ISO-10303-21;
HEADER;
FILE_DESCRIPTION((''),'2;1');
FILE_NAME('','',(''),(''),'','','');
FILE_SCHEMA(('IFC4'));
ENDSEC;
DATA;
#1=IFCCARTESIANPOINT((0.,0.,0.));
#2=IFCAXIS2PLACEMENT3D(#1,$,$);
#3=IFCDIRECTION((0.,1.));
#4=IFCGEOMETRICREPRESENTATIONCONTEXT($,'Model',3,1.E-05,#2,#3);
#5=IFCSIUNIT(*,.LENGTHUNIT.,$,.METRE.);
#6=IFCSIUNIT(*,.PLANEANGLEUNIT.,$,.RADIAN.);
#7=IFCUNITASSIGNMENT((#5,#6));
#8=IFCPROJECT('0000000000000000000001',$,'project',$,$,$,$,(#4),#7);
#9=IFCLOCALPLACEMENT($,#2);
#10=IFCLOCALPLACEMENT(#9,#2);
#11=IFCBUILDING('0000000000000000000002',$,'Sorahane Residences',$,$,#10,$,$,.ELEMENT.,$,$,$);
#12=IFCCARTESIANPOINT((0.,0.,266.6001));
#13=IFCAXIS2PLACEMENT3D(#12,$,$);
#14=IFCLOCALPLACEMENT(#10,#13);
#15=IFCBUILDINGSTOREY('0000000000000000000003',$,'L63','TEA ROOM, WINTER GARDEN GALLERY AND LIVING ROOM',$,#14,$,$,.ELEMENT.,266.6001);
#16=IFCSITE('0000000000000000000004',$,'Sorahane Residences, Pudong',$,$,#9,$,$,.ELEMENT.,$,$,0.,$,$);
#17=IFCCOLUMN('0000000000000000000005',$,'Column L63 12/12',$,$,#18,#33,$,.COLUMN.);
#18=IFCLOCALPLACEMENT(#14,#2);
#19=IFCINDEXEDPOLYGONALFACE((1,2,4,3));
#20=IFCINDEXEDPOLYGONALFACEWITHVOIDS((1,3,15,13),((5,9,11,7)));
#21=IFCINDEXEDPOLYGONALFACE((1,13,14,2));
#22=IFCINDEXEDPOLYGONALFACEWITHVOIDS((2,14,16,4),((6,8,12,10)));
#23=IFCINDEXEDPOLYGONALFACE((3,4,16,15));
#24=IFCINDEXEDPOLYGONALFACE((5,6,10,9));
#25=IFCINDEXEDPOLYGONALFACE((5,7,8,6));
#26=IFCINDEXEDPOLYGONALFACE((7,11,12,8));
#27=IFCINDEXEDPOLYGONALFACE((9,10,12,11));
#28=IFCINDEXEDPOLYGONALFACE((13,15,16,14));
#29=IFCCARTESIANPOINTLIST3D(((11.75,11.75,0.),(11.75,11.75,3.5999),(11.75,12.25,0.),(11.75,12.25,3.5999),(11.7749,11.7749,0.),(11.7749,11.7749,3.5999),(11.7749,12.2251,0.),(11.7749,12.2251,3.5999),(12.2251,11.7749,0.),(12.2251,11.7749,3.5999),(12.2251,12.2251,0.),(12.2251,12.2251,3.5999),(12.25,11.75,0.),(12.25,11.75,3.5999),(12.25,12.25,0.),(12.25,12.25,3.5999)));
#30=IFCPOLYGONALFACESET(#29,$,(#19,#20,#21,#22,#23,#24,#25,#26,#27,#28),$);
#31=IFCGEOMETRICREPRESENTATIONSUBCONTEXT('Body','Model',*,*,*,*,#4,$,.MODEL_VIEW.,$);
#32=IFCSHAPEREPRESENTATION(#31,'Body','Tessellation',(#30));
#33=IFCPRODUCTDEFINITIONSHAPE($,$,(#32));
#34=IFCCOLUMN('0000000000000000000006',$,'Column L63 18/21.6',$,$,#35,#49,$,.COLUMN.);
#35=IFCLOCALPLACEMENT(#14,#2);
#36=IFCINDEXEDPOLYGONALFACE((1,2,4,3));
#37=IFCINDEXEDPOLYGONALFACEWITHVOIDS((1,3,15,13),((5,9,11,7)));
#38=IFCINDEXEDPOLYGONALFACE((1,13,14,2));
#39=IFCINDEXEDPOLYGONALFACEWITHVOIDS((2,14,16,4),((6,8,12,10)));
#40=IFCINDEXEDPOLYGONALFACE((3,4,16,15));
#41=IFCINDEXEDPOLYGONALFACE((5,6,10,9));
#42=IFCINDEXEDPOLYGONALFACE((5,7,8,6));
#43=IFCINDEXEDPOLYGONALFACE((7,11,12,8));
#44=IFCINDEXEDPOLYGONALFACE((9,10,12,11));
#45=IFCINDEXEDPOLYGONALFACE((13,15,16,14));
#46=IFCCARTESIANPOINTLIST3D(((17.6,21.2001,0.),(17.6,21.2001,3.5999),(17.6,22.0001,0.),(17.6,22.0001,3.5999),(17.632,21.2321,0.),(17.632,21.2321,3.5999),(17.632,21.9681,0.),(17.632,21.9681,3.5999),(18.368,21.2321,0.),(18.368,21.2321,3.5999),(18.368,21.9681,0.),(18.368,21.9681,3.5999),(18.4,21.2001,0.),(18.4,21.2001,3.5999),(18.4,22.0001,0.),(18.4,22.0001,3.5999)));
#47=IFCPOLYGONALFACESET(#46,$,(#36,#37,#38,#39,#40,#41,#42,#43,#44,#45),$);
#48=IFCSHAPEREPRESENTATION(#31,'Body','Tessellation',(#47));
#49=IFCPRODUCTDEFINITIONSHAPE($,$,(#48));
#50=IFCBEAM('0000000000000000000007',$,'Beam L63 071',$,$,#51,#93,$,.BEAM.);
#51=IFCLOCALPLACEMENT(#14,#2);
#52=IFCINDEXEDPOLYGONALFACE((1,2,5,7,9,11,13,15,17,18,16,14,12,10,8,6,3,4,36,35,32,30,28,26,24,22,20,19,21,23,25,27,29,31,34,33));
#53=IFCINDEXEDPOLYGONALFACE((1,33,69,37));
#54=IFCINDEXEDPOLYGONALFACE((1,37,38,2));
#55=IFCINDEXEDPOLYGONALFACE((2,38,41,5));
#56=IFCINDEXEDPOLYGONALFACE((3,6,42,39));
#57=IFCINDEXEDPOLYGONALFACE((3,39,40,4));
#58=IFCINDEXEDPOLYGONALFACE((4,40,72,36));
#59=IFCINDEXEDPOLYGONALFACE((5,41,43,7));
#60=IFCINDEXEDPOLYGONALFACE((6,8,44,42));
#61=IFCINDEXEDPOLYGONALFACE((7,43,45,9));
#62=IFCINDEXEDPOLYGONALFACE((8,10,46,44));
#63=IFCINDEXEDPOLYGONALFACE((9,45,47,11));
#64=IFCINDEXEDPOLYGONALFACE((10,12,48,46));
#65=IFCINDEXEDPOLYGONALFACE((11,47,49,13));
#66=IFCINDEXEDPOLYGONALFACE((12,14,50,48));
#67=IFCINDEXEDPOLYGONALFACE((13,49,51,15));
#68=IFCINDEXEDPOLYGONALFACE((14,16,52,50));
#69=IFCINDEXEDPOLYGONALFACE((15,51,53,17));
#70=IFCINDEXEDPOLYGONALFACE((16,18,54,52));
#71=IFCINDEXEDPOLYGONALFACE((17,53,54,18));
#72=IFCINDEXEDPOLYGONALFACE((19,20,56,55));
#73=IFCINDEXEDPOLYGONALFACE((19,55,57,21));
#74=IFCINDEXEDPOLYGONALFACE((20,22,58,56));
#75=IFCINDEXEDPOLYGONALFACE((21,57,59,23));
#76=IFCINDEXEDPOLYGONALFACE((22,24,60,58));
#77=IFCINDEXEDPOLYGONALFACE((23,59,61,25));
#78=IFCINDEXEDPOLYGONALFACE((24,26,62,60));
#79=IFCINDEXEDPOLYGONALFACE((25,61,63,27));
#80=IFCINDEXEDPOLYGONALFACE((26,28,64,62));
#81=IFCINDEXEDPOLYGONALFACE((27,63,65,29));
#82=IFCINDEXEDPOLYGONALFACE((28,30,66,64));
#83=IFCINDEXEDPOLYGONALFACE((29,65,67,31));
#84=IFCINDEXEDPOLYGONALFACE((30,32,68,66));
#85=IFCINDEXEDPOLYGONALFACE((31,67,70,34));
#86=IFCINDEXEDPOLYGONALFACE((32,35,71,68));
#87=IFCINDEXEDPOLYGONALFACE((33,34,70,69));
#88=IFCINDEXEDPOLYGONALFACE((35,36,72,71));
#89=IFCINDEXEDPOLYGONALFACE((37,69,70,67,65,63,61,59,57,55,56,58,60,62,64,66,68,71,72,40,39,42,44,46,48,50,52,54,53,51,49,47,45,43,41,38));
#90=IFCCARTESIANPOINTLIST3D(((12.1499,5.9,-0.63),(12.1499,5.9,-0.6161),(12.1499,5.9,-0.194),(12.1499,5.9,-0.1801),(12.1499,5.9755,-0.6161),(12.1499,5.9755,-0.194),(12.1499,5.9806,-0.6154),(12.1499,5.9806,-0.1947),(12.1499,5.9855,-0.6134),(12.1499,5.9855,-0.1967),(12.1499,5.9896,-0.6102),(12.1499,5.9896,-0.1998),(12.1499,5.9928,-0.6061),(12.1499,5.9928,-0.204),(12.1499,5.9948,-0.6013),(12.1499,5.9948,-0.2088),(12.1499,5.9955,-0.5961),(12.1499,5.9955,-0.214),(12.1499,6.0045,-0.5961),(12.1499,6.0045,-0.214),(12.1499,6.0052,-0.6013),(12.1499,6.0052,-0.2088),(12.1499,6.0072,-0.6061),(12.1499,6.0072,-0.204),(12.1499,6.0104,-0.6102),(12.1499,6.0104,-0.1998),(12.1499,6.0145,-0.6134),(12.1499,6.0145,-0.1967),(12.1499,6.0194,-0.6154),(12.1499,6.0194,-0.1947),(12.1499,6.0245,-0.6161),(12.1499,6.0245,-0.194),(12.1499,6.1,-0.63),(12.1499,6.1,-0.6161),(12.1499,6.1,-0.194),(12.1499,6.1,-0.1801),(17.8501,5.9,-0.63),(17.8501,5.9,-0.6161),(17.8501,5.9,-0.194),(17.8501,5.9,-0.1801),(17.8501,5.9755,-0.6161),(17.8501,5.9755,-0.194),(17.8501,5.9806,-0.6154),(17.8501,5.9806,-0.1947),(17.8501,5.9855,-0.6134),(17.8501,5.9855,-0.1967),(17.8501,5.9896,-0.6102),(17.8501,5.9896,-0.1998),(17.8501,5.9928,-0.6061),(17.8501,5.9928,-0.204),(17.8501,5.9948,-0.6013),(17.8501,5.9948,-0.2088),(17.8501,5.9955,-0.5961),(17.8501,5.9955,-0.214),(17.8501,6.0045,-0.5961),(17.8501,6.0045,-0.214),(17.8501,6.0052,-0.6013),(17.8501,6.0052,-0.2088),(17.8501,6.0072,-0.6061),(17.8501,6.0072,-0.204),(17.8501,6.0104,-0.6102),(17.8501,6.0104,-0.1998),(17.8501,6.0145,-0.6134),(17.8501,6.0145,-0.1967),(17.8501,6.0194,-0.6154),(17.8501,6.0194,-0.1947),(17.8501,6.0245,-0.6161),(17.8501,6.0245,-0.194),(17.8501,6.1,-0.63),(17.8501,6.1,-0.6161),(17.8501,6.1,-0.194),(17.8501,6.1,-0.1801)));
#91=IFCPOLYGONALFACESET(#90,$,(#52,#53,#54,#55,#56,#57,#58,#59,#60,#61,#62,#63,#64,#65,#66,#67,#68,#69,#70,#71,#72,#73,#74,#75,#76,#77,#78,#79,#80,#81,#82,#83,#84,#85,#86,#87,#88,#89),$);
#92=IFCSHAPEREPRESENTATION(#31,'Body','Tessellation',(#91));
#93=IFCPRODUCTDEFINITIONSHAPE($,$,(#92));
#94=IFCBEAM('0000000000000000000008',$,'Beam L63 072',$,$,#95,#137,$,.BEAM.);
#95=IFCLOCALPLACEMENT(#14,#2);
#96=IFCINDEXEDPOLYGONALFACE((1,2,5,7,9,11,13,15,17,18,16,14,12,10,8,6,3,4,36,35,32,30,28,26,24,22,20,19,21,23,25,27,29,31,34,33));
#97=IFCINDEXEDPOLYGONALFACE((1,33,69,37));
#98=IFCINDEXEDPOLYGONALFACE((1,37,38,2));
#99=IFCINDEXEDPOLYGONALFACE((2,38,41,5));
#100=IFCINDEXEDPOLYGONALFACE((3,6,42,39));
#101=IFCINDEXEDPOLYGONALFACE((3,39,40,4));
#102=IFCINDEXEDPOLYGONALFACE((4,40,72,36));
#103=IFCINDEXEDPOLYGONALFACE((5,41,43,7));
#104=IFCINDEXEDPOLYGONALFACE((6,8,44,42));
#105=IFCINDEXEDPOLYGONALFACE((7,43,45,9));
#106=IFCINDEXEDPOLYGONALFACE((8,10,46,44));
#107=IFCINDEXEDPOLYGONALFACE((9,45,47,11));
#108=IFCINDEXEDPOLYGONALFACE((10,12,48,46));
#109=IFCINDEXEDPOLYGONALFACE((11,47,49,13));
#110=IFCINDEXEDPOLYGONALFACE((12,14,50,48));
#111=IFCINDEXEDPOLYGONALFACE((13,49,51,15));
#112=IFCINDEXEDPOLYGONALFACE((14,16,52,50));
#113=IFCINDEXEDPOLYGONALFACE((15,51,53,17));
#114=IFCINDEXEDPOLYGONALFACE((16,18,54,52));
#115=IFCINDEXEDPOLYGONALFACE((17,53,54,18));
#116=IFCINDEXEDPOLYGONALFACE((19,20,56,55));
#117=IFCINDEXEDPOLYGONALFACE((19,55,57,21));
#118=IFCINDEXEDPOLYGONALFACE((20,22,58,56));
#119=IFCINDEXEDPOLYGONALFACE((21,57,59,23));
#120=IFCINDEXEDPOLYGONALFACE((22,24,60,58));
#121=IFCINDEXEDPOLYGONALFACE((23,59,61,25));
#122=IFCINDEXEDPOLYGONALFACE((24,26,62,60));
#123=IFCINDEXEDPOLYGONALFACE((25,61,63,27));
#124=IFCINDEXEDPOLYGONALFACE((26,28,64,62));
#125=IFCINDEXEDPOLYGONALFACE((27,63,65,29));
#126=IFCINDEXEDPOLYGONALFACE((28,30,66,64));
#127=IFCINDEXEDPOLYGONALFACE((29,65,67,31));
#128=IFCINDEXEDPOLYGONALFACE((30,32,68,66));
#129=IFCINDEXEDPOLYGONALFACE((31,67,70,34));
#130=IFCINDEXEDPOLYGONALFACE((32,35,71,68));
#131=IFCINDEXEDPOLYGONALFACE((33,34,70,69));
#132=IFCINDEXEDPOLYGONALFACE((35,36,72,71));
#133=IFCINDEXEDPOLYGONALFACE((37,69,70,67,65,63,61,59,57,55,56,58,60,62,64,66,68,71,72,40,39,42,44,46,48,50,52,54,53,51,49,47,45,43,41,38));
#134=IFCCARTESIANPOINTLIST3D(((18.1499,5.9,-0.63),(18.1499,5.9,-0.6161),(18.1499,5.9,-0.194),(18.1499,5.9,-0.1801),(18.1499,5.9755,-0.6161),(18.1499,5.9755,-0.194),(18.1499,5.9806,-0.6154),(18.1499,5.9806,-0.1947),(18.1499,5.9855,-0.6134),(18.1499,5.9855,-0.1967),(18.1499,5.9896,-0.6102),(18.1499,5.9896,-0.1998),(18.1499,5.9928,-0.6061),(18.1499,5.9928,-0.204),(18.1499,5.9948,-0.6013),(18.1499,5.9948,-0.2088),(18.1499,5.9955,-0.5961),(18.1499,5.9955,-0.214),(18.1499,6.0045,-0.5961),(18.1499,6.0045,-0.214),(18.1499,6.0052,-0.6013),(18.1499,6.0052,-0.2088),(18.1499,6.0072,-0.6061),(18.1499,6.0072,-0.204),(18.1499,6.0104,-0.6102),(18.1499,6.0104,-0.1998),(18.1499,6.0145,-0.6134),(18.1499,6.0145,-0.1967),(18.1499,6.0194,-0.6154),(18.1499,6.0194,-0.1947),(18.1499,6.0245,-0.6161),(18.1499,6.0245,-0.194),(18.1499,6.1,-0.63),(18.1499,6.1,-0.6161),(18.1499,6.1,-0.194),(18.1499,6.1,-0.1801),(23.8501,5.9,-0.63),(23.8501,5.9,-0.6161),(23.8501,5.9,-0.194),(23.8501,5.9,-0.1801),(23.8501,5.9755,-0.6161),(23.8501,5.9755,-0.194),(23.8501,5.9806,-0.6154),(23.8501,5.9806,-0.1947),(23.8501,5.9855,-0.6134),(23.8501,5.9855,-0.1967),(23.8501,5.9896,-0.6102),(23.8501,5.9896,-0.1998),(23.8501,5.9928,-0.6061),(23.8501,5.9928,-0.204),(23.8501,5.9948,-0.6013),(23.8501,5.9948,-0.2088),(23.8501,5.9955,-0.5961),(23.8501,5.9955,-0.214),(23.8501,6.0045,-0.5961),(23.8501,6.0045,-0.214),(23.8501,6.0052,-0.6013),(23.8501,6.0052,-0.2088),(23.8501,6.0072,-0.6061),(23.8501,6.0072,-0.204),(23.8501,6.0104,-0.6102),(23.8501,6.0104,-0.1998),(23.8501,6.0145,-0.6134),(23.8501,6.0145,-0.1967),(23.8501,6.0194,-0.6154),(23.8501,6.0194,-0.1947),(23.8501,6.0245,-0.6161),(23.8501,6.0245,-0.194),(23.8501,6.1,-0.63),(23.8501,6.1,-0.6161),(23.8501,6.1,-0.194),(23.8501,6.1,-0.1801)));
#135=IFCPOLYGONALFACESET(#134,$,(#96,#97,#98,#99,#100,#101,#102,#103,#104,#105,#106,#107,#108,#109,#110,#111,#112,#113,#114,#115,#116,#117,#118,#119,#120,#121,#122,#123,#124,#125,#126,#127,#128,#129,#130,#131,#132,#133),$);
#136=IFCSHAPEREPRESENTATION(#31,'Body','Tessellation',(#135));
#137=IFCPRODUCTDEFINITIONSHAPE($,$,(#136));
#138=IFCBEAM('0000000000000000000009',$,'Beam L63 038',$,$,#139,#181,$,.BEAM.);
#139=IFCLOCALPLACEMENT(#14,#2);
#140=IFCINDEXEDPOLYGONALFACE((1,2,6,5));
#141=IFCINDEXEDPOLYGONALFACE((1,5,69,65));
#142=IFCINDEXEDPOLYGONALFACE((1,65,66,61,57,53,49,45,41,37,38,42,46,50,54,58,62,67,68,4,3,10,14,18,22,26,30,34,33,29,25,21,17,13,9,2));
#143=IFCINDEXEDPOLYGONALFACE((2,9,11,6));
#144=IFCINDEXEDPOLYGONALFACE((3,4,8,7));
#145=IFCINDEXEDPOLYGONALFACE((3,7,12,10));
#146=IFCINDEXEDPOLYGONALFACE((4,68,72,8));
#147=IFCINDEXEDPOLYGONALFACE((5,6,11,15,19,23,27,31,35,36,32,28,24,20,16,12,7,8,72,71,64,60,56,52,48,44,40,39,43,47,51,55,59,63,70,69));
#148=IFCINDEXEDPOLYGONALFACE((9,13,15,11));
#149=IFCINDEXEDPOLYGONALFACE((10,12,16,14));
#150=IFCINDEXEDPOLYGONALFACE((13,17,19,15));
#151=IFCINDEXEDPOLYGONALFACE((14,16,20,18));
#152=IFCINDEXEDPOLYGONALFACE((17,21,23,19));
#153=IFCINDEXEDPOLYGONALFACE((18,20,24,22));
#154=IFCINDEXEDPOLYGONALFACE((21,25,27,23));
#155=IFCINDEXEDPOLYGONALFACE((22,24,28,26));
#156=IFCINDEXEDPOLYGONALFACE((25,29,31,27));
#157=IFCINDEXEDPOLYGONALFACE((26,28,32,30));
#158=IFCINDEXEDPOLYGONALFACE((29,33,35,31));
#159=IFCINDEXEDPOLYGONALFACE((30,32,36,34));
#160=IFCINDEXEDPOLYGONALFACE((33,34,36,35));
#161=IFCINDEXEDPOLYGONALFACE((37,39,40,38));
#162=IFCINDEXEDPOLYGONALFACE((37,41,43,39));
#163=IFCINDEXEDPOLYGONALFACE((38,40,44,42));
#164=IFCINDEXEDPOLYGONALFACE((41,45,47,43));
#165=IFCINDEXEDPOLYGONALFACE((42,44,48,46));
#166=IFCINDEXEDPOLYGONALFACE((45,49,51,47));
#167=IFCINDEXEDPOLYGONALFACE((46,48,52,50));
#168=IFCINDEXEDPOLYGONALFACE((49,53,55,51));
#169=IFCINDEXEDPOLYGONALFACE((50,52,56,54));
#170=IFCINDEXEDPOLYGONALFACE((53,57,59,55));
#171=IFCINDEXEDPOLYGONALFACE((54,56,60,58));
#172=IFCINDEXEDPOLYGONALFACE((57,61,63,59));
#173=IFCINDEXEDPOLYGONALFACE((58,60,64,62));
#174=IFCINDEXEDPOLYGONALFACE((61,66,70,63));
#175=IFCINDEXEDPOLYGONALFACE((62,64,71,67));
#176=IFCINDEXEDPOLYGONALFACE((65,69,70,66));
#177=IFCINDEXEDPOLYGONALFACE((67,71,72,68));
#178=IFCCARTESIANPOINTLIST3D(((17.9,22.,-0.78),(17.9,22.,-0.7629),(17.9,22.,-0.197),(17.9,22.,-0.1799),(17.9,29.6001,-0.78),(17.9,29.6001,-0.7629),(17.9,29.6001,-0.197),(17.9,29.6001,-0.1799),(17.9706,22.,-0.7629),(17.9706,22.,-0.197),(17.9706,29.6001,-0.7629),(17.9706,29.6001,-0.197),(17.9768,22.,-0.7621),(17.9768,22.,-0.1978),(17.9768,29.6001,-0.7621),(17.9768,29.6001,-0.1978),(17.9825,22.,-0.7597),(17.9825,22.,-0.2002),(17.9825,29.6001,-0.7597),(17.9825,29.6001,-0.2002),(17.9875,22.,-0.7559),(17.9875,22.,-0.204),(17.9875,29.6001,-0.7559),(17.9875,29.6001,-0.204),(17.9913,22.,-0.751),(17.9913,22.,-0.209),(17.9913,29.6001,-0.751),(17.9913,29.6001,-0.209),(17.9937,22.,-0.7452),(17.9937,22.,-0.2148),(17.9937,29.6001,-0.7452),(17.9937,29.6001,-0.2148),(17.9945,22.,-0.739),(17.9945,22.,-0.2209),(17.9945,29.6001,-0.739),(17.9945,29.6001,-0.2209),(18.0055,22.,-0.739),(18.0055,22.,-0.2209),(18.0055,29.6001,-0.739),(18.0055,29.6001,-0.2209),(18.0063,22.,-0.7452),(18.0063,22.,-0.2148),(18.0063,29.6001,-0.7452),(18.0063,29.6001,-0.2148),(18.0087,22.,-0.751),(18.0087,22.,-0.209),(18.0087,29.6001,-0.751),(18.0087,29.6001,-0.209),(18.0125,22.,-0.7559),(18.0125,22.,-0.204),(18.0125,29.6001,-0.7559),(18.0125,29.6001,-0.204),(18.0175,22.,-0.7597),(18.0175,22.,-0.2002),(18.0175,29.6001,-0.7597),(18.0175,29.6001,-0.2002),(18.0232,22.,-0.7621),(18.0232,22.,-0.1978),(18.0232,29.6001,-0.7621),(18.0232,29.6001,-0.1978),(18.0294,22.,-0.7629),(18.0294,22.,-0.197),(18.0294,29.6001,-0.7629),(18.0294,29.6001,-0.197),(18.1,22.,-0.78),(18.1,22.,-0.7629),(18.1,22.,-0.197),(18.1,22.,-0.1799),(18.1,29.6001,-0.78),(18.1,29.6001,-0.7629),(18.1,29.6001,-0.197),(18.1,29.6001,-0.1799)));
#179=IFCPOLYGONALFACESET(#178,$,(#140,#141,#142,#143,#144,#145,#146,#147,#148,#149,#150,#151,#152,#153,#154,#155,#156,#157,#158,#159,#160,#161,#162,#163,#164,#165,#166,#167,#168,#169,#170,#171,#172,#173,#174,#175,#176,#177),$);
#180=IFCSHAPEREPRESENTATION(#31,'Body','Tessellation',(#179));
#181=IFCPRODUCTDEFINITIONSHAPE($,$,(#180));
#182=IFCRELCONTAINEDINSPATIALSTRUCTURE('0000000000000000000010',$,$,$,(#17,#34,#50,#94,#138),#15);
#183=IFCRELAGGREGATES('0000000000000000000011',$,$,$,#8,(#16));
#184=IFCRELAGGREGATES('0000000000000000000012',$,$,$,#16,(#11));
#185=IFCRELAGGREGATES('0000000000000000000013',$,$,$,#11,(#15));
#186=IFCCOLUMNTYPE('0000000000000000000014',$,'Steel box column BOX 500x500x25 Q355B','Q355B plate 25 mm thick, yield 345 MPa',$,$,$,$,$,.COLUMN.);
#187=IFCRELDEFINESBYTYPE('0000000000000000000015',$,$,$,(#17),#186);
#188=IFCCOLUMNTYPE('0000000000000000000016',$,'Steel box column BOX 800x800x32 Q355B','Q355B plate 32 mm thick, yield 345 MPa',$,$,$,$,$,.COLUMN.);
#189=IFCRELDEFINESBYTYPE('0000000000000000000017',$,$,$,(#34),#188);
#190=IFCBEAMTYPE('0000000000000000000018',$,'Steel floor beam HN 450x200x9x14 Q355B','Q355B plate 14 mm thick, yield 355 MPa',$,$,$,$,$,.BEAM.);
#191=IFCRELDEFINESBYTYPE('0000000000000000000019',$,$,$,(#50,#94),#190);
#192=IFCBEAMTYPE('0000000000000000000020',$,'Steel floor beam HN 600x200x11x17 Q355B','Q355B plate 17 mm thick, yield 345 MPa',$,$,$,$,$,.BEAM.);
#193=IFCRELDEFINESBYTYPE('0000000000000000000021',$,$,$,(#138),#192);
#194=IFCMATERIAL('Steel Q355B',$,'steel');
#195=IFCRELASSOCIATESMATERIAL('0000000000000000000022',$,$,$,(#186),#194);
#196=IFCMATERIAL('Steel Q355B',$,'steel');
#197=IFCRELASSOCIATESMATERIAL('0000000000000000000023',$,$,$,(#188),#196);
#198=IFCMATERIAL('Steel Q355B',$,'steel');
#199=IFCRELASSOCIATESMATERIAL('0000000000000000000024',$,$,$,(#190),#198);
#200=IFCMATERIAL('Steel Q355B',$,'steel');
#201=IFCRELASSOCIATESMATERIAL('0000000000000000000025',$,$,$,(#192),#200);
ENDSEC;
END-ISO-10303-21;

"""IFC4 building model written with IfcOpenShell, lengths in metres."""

from ifc_helpers import new_model, si_unit, direction, frame, origin, origin_2d, place, context, subcontext, project, spatial, hollow_rectangle, i_section, extrude, material, material_profile, profile_set, type_object, element, save


model = new_model("IFC4")

# Units and contexts
model_context = context("Model", 3, precision=1e-05, world=origin(), true_north=direction((0.0, 1.0)))
body_context = subcontext(model_context, "Body", "Model", "MODEL_VIEW")
ifc_project = project(units=[si_unit("LENGTHUNIT", "METRE"), si_unit("PLANEANGLEUNIT", "RADIAN")], contexts=[model_context])

# Site, building, storey
site_placement = place(None, origin())
site = spatial("IfcSite", under=ifc_project, at=site_placement, Name="Sorahane Residences, Pudong", CompositionType="ELEMENT", RefElevation=0.0)
building_placement = place(site_placement, origin())
building = spatial("IfcBuilding", under=site, at=building_placement, Name="Sorahane Residences", CompositionType="ELEMENT")
storey_placement = place(building_placement, frame((0.0, 0.0, 266.6001)))
storey = spatial("IfcBuildingStorey", under=building, at=storey_placement, Name="L63", Description="TEA ROOM, WINTER GARDEN GALLERY AND LIVING ROOM", CompositionType="ELEMENT", Elevation=266.6001)

# Columns
ifc_material_1 = material(Name="Steel Q355B", Category="steel")
ifc_material_profile_1 = material_profile(ifc_material_1, hollow_rectangle(XDim=0.5, YDim=0.5, WallThickness=0.0249, at=origin_2d()), Name="BOX 500x500x25")
ifc_profile_set_1 = profile_set([ifc_material_profile_1], Name="Steel Q355B")
column_type_1 = type_object("IfcColumnType", Name="Steel box column BOX 500x500x25 Q355B", Description="Q355B plate 25 mm thick, yield 345 MPa", PredefinedType="COLUMN", material=ifc_profile_set_1)
column_1_placement = place(storey_placement, frame((12.0, 12.0, 0.0), z_axis=(0.0, 0.0, 1.0), x_axis=(1.0, 0.0, 0.0)))
element("IfcColumn", 1, at=column_1_placement, inside=storey, type_object=column_type_1, Name="Column L63 12/12", PredefinedType="COLUMN", context=body_context, shape_type="SweptSolid", body=[
    extrude(hollow_rectangle(XDim=0.5, YDim=0.5, WallThickness=0.0249, at=origin_2d()), origin(), (0.0, 0.0, 1.0), 3.5999),
])
ifc_material_2 = material(Name="Steel Q355B", Category="steel")
ifc_material_profile_2 = material_profile(ifc_material_2, hollow_rectangle(XDim=0.8, YDim=0.8, WallThickness=0.032, at=origin_2d()), Name="BOX 800x800x32")
ifc_profile_set_2 = profile_set([ifc_material_profile_2], Name="Steel Q355B")
column_type_2 = type_object("IfcColumnType", Name="Steel box column BOX 800x800x32 Q355B", Description="Q355B plate 32 mm thick, yield 345 MPa", PredefinedType="COLUMN", material=ifc_profile_set_2)
column_2_placement = place(storey_placement, frame((18.0, 21.6001, 0.0), z_axis=(0.0, 0.0, 1.0), x_axis=(1.0, 0.0, 0.0)))
element("IfcColumn", 2, at=column_2_placement, inside=storey, type_object=column_type_2, Name="Column L63 18/21.6", PredefinedType="COLUMN", context=body_context, shape_type="SweptSolid", body=[
    extrude(hollow_rectangle(XDim=0.8, YDim=0.8, WallThickness=0.032, at=origin_2d()), origin(), (0.0, 0.0, 1.0), 3.5999),
])

# Beams
ifc_material_3 = material(Name="Steel Q355B", Category="steel")
ifc_material_profile_3 = material_profile(ifc_material_3, i_section(OverallWidth=0.2, OverallDepth=0.45, WebThickness=0.009, FlangeThickness=0.0139, FilletRadius=0.02, at=origin_2d()), Name="HN 450x200x9x14")
ifc_profile_set_3 = profile_set([ifc_material_profile_3], Name="Steel Q355B")
beam_type_1 = type_object("IfcBeamType", Name="Steel floor beam HN 450x200x9x14 Q355B", Description="Q355B plate 14 mm thick, yield 355 MPa", PredefinedType="BEAM", material=ifc_profile_set_3)
for number, where, z_axis, x_axis, name in (
    (3, (12.1499, 6.0, -0.405), (1.0, 0.0, 0.0), (0.0, 1.0, 0.0), "Beam L63 071"),
    (4, (18.1499, 6.0, -0.405), (1.0, 0.0, 0.0), (0.0, 1.0, 0.0), "Beam L63 072"),
):
    element("IfcBeam", number, at=place(storey_placement, frame(where, z_axis=z_axis, x_axis=x_axis)), inside=storey, type_object=beam_type_1, Name=name, PredefinedType="BEAM", context=body_context, shape_type="SweptSolid", body=[
        extrude(i_section(OverallWidth=0.2, OverallDepth=0.45, WebThickness=0.009, FlangeThickness=0.0139, FilletRadius=0.02, at=origin_2d()), origin(), (0.0, 0.0, 1.0), 5.7002),
    ])
ifc_material_4 = material(Name="Steel Q355B", Category="steel")
ifc_material_profile_4 = material_profile(ifc_material_4, i_section(OverallWidth=0.2, OverallDepth=0.6001, WebThickness=0.011, FlangeThickness=0.0171, FilletRadius=0.0239, at=origin_2d()), Name="HN 600x200x11x17")
ifc_profile_set_4 = profile_set([ifc_material_profile_4], Name="Steel Q355B")
beam_type_2 = type_object("IfcBeamType", Name="Steel floor beam HN 600x200x11x17 Q355B", Description="Q355B plate 17 mm thick, yield 345 MPa", PredefinedType="BEAM", material=ifc_profile_set_4)
beam_1_placement = place(storey_placement, frame((18.0, 22.0, -0.48), z_axis=(0.0, 1.0, 0.0), x_axis=(-1.0, 0.0, 0.0)))
element("IfcBeam", 5, at=beam_1_placement, inside=storey, type_object=beam_type_2, Name="Beam L63 038", PredefinedType="BEAM", context=body_context, shape_type="SweptSolid", body=[
    extrude(i_section(OverallWidth=0.2, OverallDepth=0.6001, WebThickness=0.011, FlangeThickness=0.0171, FilletRadius=0.0239, at=origin_2d()), origin(), (0.0, 0.0, 1.0), 7.6001),
])

save(model, "model.ifc")
